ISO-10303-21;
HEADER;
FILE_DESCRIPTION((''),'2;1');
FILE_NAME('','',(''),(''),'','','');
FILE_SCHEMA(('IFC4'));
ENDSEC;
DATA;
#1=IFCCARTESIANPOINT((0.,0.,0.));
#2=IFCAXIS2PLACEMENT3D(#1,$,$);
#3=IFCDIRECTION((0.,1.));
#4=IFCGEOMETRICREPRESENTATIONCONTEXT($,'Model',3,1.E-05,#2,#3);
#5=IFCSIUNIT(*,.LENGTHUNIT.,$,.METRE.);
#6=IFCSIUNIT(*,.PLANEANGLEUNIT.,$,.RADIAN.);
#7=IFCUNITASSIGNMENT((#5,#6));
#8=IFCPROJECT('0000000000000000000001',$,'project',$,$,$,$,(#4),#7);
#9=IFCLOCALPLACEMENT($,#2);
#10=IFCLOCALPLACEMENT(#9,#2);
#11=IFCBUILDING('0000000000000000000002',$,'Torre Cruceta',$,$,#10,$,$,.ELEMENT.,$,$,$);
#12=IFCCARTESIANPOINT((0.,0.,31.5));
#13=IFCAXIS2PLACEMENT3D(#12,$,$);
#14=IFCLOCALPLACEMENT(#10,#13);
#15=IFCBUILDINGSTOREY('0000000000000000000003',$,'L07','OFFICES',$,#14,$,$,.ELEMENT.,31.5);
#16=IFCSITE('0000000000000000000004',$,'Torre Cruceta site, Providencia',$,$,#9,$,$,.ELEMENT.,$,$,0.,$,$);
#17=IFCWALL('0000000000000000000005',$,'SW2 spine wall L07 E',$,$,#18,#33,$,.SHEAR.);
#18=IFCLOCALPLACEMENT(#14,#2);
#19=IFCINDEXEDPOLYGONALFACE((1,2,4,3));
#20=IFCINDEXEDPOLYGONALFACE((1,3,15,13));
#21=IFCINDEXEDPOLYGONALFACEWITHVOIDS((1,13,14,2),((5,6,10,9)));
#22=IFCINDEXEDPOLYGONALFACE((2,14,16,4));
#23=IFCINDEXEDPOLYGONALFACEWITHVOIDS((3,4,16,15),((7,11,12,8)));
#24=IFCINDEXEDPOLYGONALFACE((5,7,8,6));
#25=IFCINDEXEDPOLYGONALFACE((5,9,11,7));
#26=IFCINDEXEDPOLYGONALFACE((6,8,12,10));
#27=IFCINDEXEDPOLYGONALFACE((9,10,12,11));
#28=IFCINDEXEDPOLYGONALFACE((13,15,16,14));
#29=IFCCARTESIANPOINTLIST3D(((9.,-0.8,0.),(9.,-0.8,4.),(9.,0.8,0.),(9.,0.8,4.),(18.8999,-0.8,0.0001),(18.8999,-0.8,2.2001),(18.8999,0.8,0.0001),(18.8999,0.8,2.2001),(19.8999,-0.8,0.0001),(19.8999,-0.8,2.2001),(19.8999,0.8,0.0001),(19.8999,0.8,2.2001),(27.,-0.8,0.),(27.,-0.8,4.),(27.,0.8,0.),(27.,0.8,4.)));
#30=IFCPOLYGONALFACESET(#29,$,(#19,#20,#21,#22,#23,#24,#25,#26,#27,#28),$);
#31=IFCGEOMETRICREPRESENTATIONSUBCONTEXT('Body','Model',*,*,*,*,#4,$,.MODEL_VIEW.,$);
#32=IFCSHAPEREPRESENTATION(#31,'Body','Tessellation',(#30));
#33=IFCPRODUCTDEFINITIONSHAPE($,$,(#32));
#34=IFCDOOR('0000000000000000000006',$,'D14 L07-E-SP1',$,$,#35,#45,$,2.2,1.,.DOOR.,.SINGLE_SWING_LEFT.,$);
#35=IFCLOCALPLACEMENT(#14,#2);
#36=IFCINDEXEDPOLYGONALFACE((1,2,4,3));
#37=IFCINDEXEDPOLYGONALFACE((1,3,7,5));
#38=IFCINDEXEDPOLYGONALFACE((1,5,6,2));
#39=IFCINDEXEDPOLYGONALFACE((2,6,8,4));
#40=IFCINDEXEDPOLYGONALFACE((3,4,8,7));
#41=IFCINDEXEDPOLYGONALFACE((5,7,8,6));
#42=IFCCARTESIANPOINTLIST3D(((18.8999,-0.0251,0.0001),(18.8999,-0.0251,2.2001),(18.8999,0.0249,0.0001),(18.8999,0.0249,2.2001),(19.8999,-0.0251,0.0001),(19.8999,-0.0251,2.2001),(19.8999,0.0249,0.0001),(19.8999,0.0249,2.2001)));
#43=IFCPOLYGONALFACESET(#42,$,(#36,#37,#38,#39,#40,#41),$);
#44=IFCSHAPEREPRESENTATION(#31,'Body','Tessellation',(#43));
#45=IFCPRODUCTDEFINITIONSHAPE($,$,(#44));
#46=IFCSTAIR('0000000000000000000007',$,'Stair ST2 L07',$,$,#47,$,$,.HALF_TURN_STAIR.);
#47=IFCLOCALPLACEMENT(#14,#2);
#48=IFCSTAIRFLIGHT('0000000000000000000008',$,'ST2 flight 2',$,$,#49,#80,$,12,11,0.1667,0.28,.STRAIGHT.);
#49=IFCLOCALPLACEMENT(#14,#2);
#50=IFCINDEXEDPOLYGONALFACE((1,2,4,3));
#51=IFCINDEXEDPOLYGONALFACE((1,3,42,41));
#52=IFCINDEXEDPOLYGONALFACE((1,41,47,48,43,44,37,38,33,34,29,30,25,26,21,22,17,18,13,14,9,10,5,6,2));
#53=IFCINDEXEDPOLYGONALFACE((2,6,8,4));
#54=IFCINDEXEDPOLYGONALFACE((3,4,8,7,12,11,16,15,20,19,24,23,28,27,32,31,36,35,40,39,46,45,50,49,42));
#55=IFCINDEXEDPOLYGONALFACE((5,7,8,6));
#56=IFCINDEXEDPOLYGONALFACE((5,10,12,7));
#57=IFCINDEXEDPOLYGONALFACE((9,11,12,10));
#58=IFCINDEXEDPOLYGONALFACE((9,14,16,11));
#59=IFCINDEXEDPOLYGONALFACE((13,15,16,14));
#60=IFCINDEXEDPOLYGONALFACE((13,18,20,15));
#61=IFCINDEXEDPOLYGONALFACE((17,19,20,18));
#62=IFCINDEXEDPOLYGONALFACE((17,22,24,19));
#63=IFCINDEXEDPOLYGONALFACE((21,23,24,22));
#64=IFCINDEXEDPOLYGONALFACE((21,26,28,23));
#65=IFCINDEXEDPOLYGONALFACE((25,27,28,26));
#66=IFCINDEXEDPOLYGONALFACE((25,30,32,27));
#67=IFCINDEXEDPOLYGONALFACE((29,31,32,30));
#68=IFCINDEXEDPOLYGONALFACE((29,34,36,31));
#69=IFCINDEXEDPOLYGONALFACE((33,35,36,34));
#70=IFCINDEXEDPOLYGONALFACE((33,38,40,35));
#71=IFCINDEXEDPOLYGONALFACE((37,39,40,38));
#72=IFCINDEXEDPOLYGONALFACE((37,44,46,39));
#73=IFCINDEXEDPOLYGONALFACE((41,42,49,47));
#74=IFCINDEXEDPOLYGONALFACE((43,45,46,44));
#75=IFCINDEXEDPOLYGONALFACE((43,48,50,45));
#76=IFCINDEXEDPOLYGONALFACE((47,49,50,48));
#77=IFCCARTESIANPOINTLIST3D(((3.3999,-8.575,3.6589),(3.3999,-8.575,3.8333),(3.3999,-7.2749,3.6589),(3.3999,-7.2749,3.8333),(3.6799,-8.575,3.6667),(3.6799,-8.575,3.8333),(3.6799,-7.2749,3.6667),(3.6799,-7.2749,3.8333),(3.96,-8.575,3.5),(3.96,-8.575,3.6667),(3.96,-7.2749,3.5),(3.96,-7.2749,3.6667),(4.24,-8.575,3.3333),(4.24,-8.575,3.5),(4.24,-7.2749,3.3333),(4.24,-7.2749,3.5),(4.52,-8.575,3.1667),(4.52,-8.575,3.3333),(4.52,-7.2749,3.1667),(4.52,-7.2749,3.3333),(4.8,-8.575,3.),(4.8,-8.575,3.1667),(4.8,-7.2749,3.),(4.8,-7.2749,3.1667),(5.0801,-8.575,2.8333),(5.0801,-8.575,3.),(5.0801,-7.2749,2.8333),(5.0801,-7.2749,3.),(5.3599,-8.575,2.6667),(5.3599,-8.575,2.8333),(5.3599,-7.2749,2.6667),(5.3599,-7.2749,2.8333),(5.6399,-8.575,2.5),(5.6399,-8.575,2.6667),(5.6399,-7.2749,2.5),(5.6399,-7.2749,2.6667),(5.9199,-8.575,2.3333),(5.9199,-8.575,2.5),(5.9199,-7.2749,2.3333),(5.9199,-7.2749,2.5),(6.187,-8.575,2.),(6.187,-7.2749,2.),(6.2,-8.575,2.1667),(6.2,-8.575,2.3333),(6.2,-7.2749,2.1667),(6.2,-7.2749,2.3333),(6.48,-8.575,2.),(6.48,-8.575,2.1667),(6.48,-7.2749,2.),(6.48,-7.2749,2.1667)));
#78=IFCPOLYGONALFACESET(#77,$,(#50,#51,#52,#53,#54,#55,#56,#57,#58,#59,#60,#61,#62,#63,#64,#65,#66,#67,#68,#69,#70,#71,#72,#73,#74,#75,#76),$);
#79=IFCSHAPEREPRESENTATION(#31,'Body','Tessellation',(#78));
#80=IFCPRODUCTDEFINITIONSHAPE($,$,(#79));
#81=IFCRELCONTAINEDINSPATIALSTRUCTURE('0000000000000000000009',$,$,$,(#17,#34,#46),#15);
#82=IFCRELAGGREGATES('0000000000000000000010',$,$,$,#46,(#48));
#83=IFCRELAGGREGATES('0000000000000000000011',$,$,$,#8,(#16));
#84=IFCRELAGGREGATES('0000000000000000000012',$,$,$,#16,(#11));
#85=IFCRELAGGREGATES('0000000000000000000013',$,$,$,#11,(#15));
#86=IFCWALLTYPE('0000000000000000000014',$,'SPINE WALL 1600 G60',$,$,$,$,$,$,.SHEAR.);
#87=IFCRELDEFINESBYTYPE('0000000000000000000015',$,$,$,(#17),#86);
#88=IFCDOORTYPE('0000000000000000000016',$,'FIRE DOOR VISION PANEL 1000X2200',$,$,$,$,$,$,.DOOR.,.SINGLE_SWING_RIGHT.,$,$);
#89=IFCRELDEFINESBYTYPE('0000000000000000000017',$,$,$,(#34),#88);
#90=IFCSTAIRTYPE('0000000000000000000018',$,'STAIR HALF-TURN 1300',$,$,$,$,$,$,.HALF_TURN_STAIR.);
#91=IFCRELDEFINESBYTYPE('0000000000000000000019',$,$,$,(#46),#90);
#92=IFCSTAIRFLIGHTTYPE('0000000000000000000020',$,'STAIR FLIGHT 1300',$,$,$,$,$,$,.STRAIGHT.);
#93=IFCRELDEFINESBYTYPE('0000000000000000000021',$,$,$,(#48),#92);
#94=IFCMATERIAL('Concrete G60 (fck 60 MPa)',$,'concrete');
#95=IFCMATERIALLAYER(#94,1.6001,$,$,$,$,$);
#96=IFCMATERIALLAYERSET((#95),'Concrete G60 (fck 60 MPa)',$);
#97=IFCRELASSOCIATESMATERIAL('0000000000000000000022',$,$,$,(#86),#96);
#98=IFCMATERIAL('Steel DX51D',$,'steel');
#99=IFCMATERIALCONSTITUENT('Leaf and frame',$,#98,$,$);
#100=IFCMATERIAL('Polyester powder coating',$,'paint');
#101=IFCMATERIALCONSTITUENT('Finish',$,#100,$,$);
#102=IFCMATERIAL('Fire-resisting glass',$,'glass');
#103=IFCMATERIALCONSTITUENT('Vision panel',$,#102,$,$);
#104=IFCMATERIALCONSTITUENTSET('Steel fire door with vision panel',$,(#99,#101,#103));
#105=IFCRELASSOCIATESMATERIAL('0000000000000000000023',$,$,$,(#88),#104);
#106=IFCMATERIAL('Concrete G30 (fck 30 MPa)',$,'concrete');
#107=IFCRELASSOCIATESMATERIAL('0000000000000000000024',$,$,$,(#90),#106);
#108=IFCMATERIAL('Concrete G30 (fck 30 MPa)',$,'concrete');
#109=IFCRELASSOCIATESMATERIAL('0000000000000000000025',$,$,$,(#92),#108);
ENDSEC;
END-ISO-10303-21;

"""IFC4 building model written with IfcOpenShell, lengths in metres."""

from ifc_helpers import new_model, si_unit, direction, frame, frame_2d, origin, place, context, subcontext, project, spatial, polyline, rectangle, outline, extrude, material, layer, layer_set, constituent, constituent_set, type_object, element, fill, aggregate, save


model = new_model("IFC4")

# Units and contexts
model_context = context("Model", 3, precision=1e-05, world=origin(), true_north=direction((0.0, 1.0)))
body_context = subcontext(model_context, "Body", "Model", "MODEL_VIEW")
ifc_project = project(units=[si_unit("LENGTHUNIT", "METRE"), si_unit("PLANEANGLEUNIT", "RADIAN")], contexts=[model_context])

# Site, building, storey
site_placement = place(None, origin())
site = spatial("IfcSite", under=ifc_project, at=site_placement, Name="Torre Cruceta site, Providencia", CompositionType="ELEMENT", RefElevation=0.0)
building_placement = place(site_placement, origin())
building = spatial("IfcBuilding", under=site, at=building_placement, Name="Torre Cruceta", CompositionType="ELEMENT")
storey_placement = place(building_placement, frame((0.0, 0.0, 31.5)))
storey = spatial("IfcBuildingStorey", under=building, at=storey_placement, Name="L07", Description="OFFICES", CompositionType="ELEMENT", Elevation=31.5)

# Wall, opening, door
ifc_material_1 = material(Name="Concrete G60 (fck 60 MPa)", Category="concrete")
ifc_layer_1 = layer(ifc_material_1, 1.6001)
ifc_layer_set_1 = layer_set([ifc_layer_1], Name="Concrete G60 (fck 60 MPa)")
wall_type_1 = type_object("IfcWallType", Name="SPINE WALL 1600 G60", PredefinedType="SHEAR", material=ifc_layer_set_1)
wall_1_placement = place(storey_placement, frame((9.0, 0.0, 0.0), z_axis=(0.0, 0.0, 1.0), x_axis=(1.0, 0.0, 0.0)))
wall_1 = element("IfcWall", 1, at=wall_1_placement, inside=storey, type_object=wall_type_1, Name="SW2 spine wall L07 E", PredefinedType="SHEAR", context=body_context, shape_type="SweptSolid", body=[
    extrude(rectangle(XDim=18.0, YDim=1.6001, at=frame_2d((9.0, 0.0))), origin(), (0.0, 0.0, 1.0), 4.0),
])
opening_1_placement = place(wall_1_placement, frame((9.8999, 0.0, 0.0)))
opening_1 = element("IfcOpeningElement", 2, at=opening_1_placement, cuts=wall_1, PredefinedType="OPENING", context=body_context, shape_type="SweptSolid", body=[
    extrude(rectangle(XDim=1.0, YDim=2.2, at=frame_2d((0.5, 1.1001))), frame((0.0, 0.8101, 0.0), z_axis=(0.0, -1.0, 0.0), x_axis=(1.0, 0.0, 0.0)), (0.0, 0.0, 1.0), 1.6201),
])
ifc_material_2 = material(Name="Steel DX51D", Category="steel")
ifc_constituent_1 = constituent(ifc_material_2, Name="Leaf and frame")
ifc_material_3 = material(Name="Polyester powder coating", Category="paint")
ifc_constituent_2 = constituent(ifc_material_3, Name="Finish")
ifc_material_4 = material(Name="Fire-resisting glass", Category="glass")
ifc_constituent_3 = constituent(ifc_material_4, Name="Vision panel")
ifc_constituent_set_1 = constituent_set(constituents=[ifc_constituent_1, ifc_constituent_2, ifc_constituent_3], Name="Steel fire door with vision panel")
door_type_1 = type_object("IfcDoorType", Name="FIRE DOOR VISION PANEL 1000X2200", OperationType="SINGLE_SWING_RIGHT", PredefinedType="DOOR", material=ifc_constituent_set_1)
door_1_placement = place(opening_1_placement, frame((1.0, 0.0, 0.0), z_axis=(0.0, 0.0, 1.0), x_axis=(-1.0, 0.0, 0.0)))
door_1 = element("IfcDoor", 3, at=door_1_placement, inside=storey, type_object=door_type_1, Name="D14 L07-E-SP1", OperationType="SINGLE_SWING_LEFT", OverallHeight=2.2, OverallWidth=1.0, PredefinedType="DOOR", context=body_context, shape_type="SweptSolid", body=[
    extrude(rectangle(XDim=1.0, YDim=2.2, at=frame_2d((0.5, 1.1001))), frame((0.0, 0.0251, 0.0), z_axis=(0.0, -1.0, 0.0), x_axis=(1.0, 0.0, 0.0)), (0.0, 0.0, 1.0), 0.05),
])
fill(opening_1, door_1)

# Stair, stair flight
ifc_material_5 = material(Name="Concrete G30 (fck 30 MPa)", Category="concrete")
stair_type = type_object("IfcStairType", Name="STAIR HALF-TURN 1300", PredefinedType="HALF_TURN_STAIR", material=ifc_material_5)
stair_placement = place(storey_placement, origin())
stair = element("IfcStair", 4, at=stair_placement, inside=storey, type_object=stair_type, Name="Stair ST2 L07", PredefinedType="HALF_TURN_STAIR")
ifc_material_6 = material(Name="Concrete G30 (fck 30 MPa)", Category="concrete")
stair_flight_type = type_object("IfcStairFlightType", Name="STAIR FLIGHT 1300", PredefinedType="STRAIGHT", material=ifc_material_6)
stair_flight_placement = place(storey_placement, frame((6.48, -7.925, 2.0), z_axis=(0.0, 0.0, 1.0), x_axis=(-1.0, 0.0, 0.0)))
stair_flight = element("IfcStairFlight", 5, at=stair_flight_placement, type_object=stair_flight_type, Name="ST2 flight 2", NumberOfRisers=12, NumberOfTreads=11, PredefinedType="STRAIGHT", RiserHeight=0.1667, TreadLength=0.28, context=body_context, shape_type="SweptSolid", body=[
    extrude(outline(polyline([(0.0, 0.0), (0.0, 0.1667), (0.28, 0.1667), (0.28, 0.3333), (0.5601, 0.3333), (0.5601, 0.5), (0.8401, 0.5), (0.8401, 0.6667), (1.1201, 0.6667), (1.1201, 0.8333), (1.3999, 0.8333), (1.3999, 1.0), (1.6799, 1.0), (1.6799, 1.1667), (1.96, 1.1667), (1.96, 1.3333), (2.24, 1.3333), (2.24, 1.5), (2.52, 1.5), (2.52, 1.6667), (2.8, 1.6667), (2.8, 1.8333), (3.0801, 1.8333), (3.0801, 2.0), (3.0801, 1.6589), (0.293, 0.0), (0.0, 0.0)])), frame((0.0, 0.6499, 0.0), z_axis=(0.0, -1.0, 0.0), x_axis=(1.0, 0.0, 0.0)), (0.0, 0.0, 1.0), 1.3),
])
aggregate(stair, [stair_flight])

save(model, "model.ifc")
